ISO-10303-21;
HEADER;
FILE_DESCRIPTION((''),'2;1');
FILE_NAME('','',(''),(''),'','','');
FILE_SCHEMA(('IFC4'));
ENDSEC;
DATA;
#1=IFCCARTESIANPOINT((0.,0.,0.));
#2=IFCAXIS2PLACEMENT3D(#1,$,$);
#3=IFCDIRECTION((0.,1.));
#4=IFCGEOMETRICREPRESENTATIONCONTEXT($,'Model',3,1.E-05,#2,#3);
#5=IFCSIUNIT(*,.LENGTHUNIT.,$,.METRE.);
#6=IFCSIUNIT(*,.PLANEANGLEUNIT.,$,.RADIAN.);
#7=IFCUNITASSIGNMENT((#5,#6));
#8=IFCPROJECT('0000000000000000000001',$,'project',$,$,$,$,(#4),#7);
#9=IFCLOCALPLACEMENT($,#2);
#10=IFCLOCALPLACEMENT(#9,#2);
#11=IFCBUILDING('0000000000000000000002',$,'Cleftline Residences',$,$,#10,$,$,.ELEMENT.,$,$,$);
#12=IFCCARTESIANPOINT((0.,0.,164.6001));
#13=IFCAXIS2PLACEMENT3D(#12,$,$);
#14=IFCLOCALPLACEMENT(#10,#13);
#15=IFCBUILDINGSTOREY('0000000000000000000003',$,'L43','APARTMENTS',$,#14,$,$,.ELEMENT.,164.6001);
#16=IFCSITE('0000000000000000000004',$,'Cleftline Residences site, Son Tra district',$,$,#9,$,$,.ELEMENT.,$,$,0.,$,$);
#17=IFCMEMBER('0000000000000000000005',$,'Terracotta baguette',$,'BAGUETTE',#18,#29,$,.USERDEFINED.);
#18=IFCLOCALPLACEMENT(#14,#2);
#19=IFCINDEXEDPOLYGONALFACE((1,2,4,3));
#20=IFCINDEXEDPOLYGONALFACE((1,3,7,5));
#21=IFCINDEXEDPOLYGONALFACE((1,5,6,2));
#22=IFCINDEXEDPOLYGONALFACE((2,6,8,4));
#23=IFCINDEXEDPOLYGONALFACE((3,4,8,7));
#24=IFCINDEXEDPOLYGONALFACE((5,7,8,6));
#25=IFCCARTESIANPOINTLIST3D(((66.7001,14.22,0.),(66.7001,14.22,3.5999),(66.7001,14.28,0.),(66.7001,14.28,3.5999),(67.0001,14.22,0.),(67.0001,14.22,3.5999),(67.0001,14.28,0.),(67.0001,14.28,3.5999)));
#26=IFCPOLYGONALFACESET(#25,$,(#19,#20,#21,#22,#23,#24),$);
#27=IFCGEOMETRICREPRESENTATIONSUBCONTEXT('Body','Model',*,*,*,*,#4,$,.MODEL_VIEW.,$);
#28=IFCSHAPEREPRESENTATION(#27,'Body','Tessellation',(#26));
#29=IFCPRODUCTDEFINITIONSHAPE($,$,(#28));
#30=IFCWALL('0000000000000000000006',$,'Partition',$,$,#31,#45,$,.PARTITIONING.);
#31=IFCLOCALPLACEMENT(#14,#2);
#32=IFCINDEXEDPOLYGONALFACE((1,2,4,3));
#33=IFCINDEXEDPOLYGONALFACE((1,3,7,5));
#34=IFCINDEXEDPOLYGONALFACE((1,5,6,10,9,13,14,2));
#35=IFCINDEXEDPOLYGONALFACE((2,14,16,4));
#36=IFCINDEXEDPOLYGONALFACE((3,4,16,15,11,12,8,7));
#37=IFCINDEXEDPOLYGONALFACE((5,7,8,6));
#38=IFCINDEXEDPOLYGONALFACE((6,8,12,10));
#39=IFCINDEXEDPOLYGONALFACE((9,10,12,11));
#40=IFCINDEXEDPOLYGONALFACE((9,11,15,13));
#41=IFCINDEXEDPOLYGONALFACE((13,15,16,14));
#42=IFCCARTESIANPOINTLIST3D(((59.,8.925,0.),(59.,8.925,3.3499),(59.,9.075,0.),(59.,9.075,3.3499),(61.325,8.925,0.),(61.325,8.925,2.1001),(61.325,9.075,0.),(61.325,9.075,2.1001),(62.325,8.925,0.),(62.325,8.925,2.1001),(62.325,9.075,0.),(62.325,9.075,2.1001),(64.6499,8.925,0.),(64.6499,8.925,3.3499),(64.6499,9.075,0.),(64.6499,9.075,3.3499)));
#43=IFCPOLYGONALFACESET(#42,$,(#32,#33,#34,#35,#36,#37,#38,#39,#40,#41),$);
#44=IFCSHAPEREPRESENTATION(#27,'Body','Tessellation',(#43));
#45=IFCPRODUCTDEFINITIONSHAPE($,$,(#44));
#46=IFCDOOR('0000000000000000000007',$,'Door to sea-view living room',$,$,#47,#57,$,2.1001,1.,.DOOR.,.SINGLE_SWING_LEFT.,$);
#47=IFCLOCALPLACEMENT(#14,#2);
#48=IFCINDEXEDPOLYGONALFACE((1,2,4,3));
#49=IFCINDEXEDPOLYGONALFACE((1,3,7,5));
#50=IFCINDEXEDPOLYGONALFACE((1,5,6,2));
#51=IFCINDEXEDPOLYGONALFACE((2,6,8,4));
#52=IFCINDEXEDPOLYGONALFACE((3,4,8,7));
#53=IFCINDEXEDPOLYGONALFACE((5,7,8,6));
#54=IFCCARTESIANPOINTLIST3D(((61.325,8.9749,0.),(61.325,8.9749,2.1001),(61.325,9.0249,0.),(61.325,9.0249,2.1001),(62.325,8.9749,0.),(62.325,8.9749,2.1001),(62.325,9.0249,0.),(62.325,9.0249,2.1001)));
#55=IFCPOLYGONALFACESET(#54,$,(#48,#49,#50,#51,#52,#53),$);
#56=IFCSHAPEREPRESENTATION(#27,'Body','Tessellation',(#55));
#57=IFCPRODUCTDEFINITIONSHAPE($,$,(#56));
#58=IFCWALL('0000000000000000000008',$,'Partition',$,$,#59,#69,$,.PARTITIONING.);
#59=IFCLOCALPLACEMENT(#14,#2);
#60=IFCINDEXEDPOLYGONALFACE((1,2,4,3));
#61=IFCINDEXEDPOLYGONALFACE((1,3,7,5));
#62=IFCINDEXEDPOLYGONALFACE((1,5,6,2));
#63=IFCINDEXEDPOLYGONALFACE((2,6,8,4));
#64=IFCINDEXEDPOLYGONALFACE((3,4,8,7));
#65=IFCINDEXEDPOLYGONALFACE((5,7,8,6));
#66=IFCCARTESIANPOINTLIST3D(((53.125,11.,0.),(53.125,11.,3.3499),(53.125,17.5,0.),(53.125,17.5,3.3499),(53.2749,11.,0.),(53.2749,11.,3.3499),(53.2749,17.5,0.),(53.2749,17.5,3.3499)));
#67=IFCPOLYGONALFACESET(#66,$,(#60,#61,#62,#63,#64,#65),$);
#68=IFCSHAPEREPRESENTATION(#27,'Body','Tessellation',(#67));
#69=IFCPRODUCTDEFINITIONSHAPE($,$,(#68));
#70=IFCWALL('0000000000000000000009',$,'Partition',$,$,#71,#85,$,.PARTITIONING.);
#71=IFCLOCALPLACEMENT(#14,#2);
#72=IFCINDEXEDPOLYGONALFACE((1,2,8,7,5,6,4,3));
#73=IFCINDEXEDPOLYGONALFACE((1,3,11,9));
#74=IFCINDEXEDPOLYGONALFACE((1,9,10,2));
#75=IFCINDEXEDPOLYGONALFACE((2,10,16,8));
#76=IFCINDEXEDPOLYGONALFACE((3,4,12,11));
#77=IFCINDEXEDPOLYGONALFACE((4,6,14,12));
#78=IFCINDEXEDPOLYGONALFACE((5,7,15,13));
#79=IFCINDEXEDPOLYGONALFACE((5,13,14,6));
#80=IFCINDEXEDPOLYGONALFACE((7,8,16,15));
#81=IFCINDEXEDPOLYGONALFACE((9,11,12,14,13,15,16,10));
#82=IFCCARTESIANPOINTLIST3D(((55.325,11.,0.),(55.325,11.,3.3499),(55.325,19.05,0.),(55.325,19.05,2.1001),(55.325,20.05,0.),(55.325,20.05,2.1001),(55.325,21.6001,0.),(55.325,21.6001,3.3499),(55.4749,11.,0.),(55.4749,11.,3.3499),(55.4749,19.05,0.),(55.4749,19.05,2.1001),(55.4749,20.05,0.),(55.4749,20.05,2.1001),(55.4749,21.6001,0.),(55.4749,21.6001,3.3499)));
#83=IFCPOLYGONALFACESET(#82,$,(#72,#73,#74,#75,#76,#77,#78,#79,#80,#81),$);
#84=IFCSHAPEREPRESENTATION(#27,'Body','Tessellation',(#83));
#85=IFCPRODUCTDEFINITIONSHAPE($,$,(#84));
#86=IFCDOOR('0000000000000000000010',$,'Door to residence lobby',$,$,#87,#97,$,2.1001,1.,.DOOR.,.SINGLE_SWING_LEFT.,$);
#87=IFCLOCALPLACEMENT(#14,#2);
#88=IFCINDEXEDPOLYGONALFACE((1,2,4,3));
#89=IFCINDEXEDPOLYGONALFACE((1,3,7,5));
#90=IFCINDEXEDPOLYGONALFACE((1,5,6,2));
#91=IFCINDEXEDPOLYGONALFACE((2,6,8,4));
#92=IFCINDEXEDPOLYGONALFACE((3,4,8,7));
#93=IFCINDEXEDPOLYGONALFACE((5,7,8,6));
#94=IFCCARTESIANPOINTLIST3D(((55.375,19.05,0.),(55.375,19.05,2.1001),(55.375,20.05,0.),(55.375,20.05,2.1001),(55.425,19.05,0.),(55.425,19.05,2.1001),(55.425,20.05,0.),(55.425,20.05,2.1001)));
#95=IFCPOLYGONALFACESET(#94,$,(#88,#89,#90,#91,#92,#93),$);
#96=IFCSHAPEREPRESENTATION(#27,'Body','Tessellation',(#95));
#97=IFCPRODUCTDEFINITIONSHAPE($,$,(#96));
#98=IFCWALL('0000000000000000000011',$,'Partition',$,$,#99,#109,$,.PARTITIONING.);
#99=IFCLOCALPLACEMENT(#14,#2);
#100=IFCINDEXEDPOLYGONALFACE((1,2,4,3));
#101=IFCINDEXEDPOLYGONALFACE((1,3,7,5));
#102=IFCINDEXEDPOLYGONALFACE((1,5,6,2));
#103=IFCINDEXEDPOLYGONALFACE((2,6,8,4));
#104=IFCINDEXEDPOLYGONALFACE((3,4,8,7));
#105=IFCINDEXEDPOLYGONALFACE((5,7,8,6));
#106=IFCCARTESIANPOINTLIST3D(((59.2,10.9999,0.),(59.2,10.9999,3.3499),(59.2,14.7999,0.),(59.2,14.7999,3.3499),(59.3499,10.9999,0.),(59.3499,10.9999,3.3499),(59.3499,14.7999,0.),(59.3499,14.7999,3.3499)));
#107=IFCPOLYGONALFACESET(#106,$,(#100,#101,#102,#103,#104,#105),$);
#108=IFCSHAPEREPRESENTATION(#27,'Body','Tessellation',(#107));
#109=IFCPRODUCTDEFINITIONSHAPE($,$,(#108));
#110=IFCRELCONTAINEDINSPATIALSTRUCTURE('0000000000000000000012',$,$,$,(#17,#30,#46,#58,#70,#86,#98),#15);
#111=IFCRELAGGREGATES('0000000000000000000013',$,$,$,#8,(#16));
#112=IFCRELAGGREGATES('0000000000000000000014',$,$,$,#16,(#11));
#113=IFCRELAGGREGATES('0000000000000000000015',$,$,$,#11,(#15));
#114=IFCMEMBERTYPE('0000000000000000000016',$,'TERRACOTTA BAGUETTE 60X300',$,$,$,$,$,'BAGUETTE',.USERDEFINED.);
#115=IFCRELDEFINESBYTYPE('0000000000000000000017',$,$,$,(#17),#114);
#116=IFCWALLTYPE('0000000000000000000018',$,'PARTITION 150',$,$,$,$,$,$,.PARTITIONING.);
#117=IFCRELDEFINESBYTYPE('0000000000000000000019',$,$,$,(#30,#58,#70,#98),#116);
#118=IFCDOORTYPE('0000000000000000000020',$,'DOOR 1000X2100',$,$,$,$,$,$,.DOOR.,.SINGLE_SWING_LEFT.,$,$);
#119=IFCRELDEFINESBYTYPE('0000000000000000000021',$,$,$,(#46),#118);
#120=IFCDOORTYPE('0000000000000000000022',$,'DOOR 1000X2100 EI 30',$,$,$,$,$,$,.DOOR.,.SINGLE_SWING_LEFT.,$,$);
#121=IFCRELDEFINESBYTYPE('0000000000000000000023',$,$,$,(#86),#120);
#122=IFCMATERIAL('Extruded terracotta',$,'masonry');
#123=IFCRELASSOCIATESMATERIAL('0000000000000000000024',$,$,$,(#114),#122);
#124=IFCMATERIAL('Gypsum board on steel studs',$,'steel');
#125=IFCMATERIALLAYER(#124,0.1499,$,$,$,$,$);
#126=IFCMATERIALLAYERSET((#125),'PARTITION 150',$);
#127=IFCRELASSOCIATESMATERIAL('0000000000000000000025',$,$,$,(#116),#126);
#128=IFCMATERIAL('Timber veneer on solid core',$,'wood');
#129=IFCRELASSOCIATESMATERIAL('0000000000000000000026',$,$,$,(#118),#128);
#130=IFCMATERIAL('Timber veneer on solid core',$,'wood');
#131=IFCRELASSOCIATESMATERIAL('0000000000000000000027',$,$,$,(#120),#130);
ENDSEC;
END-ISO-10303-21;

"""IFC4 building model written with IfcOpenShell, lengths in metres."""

from ifc_helpers import new_model, si_unit, direction, frame, frame_2d, origin, origin_2d, place, context, subcontext, project, spatial, rectangle, extrude, material, layer, layer_set, material_profile, profile_set, type_object, element, fill, save


model = new_model("IFC4")

# Units and contexts
model_context = context("Model", 3, precision=1e-05, world=origin(), true_north=direction((0.0, 1.0)))
body_context = subcontext(model_context, "Body", "Model", "MODEL_VIEW")
ifc_project = project(units=[si_unit("LENGTHUNIT", "METRE"), si_unit("PLANEANGLEUNIT", "RADIAN")], contexts=[model_context])

# Site, building, storey
site_placement = place(None, origin())
site = spatial("IfcSite", under=ifc_project, at=site_placement, Name="Cleftline Residences site, Son Tra district", CompositionType="ELEMENT", RefElevation=0.0)
building_placement = place(site_placement, origin())
building = spatial("IfcBuilding", under=site, at=building_placement, Name="Cleftline Residences", CompositionType="ELEMENT")
storey_placement = place(building_placement, frame((0.0, 0.0, 164.6001)))
storey = spatial("IfcBuildingStorey", under=building, at=storey_placement, Name="L43", Description="APARTMENTS", CompositionType="ELEMENT", Elevation=164.6001)

# Member
ifc_material_1 = material(Name="Extruded terracotta", Category="masonry")
ifc_material_profile_1 = material_profile(ifc_material_1, rectangle(XDim=0.0601, YDim=0.3, at=origin_2d()))
ifc_profile_set_1 = profile_set([ifc_material_profile_1], Name="Extruded terracotta")
member_type_1 = type_object("IfcMemberType", Name="TERRACOTTA BAGUETTE 60X300", ElementType="BAGUETTE", PredefinedType="USERDEFINED", material=ifc_profile_set_1)
for number, where, z_axis, x_axis, name in (
    (1, (66.8501, 14.25, 0.0), (0.0, 0.0, 1.0), (0.0, 1.0, 0.0), "Terracotta baguette"),
):
    element("IfcMember", number, at=place(storey_placement, frame(where, z_axis=z_axis, x_axis=x_axis)), inside=storey, type_object=member_type_1, Name=name, ObjectType="BAGUETTE", PredefinedType="USERDEFINED", context=body_context, shape_type="SweptSolid", body=[
        extrude(rectangle(XDim=0.0601, YDim=0.3, at=origin_2d()), origin(), (0.0, 0.0, 1.0), 3.5999),
    ])

# Wall, opening, door
ifc_material_2 = material(Name="Gypsum board on steel studs", Category="steel")
ifc_layer = layer(ifc_material_2, 0.1499)
ifc_layer_set = layer_set([ifc_layer], Name="PARTITION 150")
wall_type = type_object("IfcWallType", Name="PARTITION 150", PredefinedType="PARTITIONING", material=ifc_layer_set)
wall_1_placement = place(storey_placement, frame((59.0, 9.0, 0.0), z_axis=(0.0, 0.0, 1.0), x_axis=(1.0, 0.0, 0.0)))
wall_1 = element("IfcWall", 2, at=wall_1_placement, inside=storey, type_object=wall_type, Name="Partition", PredefinedType="PARTITIONING", context=body_context, shape_type="SweptSolid", body=[
    extrude(rectangle(XDim=5.6499, YDim=0.1499, at=frame_2d((2.825, 0.0))), origin(), (0.0, 0.0, 1.0), 3.3499),
])
opening_1_placement = place(wall_1_placement, frame((2.325, 0.0, 0.0)))
opening_1 = element("IfcOpeningElement", 3, at=opening_1_placement, cuts=wall_1, PredefinedType="OPENING", context=body_context, shape_type="SweptSolid", body=[
    extrude(rectangle(XDim=1.0, YDim=2.1001, at=frame_2d((0.5, 1.05))), frame((0.0, 0.085, 0.0), z_axis=(0.0, -1.0, 0.0), x_axis=(1.0, 0.0, 0.0)), (0.0, 0.0, 1.0), 0.1699),
])
ifc_material_3 = material(Name="Timber veneer on solid core", Category="wood")
door_type_1 = type_object("IfcDoorType", Name="DOOR 1000X2100", OperationType="SINGLE_SWING_LEFT", PredefinedType="DOOR", material=ifc_material_3)
door_1_placement = place(opening_1_placement, origin())
door_1 = element("IfcDoor", 4, at=door_1_placement, inside=storey, type_object=door_type_1, Name="Door to sea-view living room", OperationType="SINGLE_SWING_LEFT", OverallHeight=2.1001, OverallWidth=1.0, PredefinedType="DOOR", context=body_context, shape_type="SweptSolid", body=[
    extrude(rectangle(XDim=1.0, YDim=2.1001, at=frame_2d((0.5, 1.05))), frame((0.0, 0.0249, 0.0), z_axis=(0.0, -1.0, 0.0), x_axis=(1.0, 0.0, 0.0)), (0.0, 0.0, 1.0), 0.05),
])
fill(opening_1, door_1)

# Wall
wall_2_placement = place(storey_placement, frame((53.2, 11.0, 0.0), z_axis=(0.0, 0.0, 1.0), x_axis=(0.0, 1.0, 0.0)))
element("IfcWall", 5, at=wall_2_placement, inside=storey, type_object=wall_type, Name="Partition", PredefinedType="PARTITIONING", context=body_context, shape_type="SweptSolid", body=[
    extrude(rectangle(XDim=6.5, YDim=0.1499, at=frame_2d((3.25, 0.0))), origin(), (0.0, 0.0, 1.0), 3.3499),
])

# Wall, opening, door
wall_3_placement = place(storey_placement, frame((55.3999, 11.0, 0.0), z_axis=(0.0, 0.0, 1.0), x_axis=(0.0, 1.0, 0.0)))
wall_3 = element("IfcWall", 6, at=wall_3_placement, inside=storey, type_object=wall_type, Name="Partition", PredefinedType="PARTITIONING", context=body_context, shape_type="SweptSolid", body=[
    extrude(rectangle(XDim=10.6001, YDim=0.1499, at=frame_2d((5.3, 0.0))), origin(), (0.0, 0.0, 1.0), 3.3499),
])
opening_2_placement = place(wall_3_placement, frame((8.05, 0.0, 0.0)))
opening_2 = element("IfcOpeningElement", 7, at=opening_2_placement, cuts=wall_3, PredefinedType="OPENING", context=body_context, shape_type="SweptSolid", body=[
    extrude(rectangle(XDim=1.0, YDim=2.1001, at=frame_2d((0.5, 1.05))), frame((0.0, 0.085, 0.0), z_axis=(0.0, -1.0, 0.0), x_axis=(1.0, 0.0, 0.0)), (0.0, 0.0, 1.0), 0.1699),
])
ifc_material_4 = material(Name="Timber veneer on solid core", Category="wood")
door_type_2 = type_object("IfcDoorType", Name="DOOR 1000X2100 EI 30", OperationType="SINGLE_SWING_LEFT", PredefinedType="DOOR", material=ifc_material_4)
door_2_placement = place(opening_2_placement, origin())
door_2 = element("IfcDoor", 8, at=door_2_placement, inside=storey, type_object=door_type_2, Name="Door to residence lobby", OperationType="SINGLE_SWING_LEFT", OverallHeight=2.1001, OverallWidth=1.0, PredefinedType="DOOR", context=body_context, shape_type="SweptSolid", body=[
    extrude(rectangle(XDim=1.0, YDim=2.1001, at=frame_2d((0.5, 1.05))), frame((0.0, 0.0249, 0.0), z_axis=(0.0, -1.0, 0.0), x_axis=(1.0, 0.0, 0.0)), (0.0, 0.0, 1.0), 0.05),
])
fill(opening_2, door_2)

# Wall
wall_4_placement = place(storey_placement, frame((59.2749, 11.0, 0.0), z_axis=(0.0, 0.0, 1.0), x_axis=(0.0, 1.0, 0.0)))
element("IfcWall", 9, at=wall_4_placement, inside=storey, type_object=wall_type, Name="Partition", PredefinedType="PARTITIONING", context=body_context, shape_type="SweptSolid", body=[
    extrude(rectangle(XDim=3.8, YDim=0.1499, at=frame_2d((1.8999, 0.0))), origin(), (0.0, 0.0, 1.0), 3.3499),
])

save(model, "model.ifc")
